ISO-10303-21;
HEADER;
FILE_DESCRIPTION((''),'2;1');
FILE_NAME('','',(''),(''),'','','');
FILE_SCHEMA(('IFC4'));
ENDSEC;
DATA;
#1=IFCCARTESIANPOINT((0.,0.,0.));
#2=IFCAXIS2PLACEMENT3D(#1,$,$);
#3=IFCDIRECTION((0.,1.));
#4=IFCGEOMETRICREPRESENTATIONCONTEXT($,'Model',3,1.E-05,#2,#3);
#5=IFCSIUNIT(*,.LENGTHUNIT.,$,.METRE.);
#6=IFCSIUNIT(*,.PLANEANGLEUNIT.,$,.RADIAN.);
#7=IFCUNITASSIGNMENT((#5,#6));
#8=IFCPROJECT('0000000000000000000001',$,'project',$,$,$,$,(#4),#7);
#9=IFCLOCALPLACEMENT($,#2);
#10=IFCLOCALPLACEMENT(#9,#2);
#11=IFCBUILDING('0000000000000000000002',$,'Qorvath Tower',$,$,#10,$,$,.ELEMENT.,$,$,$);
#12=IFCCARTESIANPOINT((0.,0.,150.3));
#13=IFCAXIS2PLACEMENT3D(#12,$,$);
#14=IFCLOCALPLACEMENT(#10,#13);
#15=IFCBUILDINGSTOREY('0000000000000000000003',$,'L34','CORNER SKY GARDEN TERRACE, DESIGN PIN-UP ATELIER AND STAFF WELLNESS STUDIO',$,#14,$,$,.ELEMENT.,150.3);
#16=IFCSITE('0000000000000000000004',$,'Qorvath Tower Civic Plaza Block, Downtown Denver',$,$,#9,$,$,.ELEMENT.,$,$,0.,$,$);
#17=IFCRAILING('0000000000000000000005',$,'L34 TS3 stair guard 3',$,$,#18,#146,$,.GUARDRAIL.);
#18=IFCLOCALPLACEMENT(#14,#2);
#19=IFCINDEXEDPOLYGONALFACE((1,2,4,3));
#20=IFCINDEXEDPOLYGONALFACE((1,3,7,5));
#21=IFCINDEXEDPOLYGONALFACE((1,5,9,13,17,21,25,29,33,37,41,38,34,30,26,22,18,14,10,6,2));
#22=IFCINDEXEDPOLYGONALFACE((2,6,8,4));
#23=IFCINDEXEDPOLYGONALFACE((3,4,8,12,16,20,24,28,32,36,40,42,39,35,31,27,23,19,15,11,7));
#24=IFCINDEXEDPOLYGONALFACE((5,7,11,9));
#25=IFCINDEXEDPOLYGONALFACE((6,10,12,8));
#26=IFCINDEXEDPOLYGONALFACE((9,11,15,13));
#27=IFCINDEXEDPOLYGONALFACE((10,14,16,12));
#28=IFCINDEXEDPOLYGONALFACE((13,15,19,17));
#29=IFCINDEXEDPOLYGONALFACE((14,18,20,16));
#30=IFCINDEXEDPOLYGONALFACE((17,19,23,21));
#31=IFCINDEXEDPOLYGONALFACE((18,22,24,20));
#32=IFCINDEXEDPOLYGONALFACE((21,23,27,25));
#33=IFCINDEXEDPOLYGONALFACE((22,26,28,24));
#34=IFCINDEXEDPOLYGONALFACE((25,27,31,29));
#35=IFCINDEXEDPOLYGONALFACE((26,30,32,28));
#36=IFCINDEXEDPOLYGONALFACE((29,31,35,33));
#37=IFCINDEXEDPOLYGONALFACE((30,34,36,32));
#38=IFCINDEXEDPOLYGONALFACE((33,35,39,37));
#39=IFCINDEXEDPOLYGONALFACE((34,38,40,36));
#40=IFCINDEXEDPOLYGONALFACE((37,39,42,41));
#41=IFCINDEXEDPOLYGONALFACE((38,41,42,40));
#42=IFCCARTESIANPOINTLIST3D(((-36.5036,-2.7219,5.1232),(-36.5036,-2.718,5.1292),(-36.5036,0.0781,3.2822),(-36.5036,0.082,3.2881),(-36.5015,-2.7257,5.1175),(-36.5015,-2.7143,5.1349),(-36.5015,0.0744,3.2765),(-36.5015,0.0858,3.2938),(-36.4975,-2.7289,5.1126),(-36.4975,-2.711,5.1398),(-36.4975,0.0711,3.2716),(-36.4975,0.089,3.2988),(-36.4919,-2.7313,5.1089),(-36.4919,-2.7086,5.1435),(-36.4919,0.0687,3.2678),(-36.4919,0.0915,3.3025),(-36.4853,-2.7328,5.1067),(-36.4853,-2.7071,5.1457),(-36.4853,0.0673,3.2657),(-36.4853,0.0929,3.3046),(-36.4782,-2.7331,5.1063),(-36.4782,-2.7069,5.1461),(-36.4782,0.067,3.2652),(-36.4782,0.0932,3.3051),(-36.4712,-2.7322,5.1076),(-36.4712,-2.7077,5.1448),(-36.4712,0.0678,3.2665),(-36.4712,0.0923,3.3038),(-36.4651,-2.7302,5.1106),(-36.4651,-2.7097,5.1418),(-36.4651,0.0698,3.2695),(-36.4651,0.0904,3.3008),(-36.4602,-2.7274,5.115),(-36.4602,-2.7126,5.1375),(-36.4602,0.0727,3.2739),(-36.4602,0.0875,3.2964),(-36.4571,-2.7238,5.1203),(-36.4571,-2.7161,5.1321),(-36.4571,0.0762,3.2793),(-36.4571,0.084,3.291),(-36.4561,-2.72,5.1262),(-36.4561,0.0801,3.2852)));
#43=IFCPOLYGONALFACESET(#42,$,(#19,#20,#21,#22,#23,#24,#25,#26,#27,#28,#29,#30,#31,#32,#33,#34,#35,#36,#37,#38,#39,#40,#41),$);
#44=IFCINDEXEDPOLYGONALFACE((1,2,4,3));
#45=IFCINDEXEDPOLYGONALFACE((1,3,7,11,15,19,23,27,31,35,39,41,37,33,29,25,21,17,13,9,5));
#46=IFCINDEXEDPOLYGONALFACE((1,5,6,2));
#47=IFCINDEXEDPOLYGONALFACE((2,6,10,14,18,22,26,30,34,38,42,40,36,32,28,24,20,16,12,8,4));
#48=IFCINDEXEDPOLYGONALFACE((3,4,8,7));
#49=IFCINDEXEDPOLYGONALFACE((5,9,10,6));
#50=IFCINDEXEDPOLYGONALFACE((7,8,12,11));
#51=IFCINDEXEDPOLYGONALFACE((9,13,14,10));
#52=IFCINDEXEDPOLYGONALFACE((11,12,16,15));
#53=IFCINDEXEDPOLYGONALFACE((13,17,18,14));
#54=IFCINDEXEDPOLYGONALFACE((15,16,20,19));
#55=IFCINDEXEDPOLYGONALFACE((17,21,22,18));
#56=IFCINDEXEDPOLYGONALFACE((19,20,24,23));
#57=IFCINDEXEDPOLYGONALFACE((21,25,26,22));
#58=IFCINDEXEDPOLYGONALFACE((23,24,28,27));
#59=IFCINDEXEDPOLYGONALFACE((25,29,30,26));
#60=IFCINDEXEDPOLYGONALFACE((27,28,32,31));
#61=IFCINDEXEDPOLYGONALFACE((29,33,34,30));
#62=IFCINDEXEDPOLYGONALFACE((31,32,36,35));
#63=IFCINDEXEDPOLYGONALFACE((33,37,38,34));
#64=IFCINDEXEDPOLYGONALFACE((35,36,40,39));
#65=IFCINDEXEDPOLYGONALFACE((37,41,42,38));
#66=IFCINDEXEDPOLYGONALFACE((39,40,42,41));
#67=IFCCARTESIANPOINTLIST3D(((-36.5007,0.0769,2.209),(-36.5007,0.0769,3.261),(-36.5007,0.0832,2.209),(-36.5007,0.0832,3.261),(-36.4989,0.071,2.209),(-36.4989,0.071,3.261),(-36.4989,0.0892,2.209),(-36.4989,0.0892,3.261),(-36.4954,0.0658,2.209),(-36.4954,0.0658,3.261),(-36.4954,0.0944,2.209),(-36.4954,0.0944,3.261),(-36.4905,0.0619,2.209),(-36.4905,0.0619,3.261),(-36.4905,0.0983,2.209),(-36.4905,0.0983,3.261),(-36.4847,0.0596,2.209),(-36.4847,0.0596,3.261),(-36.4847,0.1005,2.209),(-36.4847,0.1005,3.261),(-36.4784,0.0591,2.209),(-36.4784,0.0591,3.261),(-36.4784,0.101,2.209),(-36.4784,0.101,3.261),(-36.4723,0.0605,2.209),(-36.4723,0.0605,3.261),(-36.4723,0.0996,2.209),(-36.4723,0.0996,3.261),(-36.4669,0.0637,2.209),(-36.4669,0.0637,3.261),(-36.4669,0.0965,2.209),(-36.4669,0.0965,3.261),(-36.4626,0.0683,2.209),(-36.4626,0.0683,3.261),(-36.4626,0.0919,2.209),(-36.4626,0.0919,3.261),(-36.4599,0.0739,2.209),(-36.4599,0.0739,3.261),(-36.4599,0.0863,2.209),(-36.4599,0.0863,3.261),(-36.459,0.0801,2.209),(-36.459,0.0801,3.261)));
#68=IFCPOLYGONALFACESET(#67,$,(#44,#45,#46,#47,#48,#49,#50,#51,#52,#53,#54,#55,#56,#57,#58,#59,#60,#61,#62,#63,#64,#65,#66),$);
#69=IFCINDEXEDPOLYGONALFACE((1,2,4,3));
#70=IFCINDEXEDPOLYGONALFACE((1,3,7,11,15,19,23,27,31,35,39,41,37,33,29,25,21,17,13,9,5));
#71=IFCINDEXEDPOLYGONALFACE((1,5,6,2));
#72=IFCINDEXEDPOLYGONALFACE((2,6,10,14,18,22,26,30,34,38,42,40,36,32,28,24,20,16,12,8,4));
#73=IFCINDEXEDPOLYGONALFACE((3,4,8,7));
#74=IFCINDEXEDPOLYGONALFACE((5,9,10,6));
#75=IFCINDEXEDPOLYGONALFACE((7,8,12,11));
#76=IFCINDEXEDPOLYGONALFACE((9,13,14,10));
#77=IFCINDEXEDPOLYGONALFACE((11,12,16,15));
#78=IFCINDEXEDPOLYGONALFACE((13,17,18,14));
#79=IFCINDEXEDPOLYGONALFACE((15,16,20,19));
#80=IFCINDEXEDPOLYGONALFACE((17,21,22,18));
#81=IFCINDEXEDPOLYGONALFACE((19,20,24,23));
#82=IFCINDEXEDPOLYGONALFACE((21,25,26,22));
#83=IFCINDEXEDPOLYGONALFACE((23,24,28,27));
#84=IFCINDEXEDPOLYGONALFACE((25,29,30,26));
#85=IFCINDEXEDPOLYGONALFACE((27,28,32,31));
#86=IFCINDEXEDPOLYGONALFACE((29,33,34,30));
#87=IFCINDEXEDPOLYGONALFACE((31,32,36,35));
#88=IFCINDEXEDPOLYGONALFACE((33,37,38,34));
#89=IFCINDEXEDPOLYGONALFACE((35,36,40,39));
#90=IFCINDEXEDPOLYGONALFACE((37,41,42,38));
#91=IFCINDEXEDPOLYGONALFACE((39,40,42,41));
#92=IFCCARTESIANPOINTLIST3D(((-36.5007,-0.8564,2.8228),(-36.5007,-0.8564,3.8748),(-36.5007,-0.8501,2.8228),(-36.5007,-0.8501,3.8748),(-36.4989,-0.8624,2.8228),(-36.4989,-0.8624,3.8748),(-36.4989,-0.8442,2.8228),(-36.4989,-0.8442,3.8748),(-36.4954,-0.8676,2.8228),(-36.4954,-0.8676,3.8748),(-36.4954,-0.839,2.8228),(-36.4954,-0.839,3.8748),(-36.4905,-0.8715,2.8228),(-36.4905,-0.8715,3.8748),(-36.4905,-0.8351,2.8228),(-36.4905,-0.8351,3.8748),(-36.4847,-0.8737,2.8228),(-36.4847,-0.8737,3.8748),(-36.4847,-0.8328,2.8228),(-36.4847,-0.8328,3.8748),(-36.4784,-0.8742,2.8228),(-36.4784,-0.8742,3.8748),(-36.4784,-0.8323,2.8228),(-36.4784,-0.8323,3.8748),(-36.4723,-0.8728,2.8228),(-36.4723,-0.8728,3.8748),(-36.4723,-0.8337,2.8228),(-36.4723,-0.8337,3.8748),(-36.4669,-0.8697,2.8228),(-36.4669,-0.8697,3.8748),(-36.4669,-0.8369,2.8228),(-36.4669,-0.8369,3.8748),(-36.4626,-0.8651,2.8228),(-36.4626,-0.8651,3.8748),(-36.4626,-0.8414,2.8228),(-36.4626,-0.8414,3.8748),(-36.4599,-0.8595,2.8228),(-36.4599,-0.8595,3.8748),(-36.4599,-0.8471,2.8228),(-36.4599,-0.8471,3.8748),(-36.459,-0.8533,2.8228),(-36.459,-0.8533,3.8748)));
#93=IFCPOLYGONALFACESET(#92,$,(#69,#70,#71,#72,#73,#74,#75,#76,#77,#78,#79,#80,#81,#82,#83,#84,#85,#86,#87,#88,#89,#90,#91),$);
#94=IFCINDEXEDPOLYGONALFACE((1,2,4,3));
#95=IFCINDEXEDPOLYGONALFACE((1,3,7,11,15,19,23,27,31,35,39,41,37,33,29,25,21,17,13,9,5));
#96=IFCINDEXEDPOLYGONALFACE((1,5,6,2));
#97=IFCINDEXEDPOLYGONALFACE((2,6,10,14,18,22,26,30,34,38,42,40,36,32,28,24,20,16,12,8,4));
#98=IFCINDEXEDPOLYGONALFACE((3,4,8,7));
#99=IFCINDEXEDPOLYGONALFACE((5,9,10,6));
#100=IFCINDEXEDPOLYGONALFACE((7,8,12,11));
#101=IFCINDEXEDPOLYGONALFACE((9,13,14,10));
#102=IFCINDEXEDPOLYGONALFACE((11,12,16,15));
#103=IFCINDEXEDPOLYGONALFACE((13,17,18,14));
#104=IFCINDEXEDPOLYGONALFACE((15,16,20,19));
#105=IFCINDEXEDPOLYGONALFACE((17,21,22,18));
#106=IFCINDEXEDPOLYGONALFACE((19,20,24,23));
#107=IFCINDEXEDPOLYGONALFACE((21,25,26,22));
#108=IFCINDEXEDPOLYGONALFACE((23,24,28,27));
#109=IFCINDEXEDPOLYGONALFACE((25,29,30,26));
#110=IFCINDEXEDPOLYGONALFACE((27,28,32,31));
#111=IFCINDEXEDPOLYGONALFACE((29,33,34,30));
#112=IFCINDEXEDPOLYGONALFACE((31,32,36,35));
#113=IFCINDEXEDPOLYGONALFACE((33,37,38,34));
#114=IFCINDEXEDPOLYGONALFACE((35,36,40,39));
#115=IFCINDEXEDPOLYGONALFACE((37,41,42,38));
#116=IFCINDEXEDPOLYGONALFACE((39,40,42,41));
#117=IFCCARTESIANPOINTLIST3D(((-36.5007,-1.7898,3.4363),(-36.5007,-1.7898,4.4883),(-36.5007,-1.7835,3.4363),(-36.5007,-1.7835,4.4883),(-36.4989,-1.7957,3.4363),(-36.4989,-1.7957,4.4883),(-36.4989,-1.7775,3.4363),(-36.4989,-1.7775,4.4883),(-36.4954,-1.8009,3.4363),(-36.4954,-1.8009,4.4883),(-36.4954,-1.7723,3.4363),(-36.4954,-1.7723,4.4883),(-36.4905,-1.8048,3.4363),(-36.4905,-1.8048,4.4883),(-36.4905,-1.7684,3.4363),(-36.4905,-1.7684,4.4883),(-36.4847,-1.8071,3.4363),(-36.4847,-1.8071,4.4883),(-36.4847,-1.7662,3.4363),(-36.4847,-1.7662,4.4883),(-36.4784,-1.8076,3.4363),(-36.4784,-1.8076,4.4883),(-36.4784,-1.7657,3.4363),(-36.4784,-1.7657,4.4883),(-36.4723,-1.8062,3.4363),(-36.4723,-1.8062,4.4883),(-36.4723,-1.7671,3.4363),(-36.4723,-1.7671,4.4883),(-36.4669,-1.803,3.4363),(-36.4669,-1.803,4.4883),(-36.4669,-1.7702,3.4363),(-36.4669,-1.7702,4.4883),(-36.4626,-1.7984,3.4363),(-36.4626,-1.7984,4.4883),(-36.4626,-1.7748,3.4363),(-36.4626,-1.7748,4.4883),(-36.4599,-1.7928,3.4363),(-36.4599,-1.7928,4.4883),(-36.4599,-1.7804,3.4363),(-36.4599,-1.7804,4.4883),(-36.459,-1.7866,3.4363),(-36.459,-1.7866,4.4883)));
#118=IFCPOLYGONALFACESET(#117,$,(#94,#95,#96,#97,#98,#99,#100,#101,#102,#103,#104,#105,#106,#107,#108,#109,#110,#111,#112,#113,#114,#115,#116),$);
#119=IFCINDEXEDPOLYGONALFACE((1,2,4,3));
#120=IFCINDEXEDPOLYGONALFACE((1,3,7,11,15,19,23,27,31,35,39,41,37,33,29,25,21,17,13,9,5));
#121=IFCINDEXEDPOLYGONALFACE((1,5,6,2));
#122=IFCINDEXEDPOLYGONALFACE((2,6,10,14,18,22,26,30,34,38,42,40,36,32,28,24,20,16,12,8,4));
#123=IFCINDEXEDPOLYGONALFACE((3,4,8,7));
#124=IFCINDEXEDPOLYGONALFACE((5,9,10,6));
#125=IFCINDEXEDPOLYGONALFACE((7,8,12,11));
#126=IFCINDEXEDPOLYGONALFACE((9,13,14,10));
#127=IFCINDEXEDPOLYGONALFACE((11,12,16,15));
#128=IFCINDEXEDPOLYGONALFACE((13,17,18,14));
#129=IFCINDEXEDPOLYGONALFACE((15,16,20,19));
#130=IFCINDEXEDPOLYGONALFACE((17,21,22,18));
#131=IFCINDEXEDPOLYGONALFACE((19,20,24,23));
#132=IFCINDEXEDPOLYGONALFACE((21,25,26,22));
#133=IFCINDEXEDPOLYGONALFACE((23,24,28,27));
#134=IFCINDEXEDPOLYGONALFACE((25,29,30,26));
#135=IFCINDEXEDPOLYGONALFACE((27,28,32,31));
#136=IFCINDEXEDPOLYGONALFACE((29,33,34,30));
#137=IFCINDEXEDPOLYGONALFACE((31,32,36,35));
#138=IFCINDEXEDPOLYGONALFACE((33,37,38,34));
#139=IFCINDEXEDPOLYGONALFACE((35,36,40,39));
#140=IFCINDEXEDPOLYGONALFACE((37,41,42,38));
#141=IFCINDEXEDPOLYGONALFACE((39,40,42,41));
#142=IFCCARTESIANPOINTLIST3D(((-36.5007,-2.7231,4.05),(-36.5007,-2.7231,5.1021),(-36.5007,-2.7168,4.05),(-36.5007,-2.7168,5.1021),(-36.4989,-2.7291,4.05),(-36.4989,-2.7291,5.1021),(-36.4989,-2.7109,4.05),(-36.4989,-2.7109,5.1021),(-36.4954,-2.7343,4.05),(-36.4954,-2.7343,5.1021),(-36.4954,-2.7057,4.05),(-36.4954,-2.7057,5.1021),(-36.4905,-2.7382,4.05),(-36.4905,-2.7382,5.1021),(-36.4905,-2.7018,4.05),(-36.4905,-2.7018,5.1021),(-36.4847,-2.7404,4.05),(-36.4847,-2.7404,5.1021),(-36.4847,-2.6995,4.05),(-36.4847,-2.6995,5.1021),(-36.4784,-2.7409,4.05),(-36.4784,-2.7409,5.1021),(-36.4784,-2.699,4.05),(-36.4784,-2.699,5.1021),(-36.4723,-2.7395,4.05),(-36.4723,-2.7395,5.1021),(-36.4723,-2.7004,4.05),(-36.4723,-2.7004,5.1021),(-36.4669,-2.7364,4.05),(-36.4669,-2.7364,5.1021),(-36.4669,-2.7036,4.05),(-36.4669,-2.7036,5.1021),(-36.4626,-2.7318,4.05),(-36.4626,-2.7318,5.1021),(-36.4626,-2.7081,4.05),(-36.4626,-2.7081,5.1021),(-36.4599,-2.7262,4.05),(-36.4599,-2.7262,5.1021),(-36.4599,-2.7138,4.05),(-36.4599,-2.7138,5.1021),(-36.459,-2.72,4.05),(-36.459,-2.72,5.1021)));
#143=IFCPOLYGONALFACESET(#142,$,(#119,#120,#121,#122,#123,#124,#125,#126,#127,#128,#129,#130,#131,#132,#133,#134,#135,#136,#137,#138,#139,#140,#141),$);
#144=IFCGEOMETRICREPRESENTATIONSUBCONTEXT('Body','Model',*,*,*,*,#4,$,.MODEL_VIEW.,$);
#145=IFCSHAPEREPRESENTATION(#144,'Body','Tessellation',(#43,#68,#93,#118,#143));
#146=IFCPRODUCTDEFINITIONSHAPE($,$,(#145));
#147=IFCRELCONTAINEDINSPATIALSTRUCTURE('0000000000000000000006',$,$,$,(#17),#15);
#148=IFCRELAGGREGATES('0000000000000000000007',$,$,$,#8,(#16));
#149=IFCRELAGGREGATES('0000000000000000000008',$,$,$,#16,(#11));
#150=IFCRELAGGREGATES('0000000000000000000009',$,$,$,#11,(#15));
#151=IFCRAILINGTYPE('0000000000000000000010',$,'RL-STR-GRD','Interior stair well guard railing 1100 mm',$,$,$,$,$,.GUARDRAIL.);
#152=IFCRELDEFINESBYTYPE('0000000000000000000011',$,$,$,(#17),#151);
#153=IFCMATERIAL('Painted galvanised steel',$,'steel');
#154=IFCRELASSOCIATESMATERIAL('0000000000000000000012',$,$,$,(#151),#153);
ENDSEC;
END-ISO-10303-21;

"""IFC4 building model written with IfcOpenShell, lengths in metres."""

from ifc_helpers import new_model, si_unit, direction, frame, origin, origin_2d, place, context, subcontext, project, spatial, circle, extrude, material, type_object, element, save


model = new_model("IFC4")

# Units and contexts
model_context = context("Model", 3, precision=1e-05, world=origin(), true_north=direction((0.0, 1.0)))
body_context = subcontext(model_context, "Body", "Model", "MODEL_VIEW")
ifc_project = project(units=[si_unit("LENGTHUNIT", "METRE"), si_unit("PLANEANGLEUNIT", "RADIAN")], contexts=[model_context])

# Site, building, storey
site_placement = place(None, origin())
site = spatial("IfcSite", under=ifc_project, at=site_placement, Name="Qorvath Tower Civic Plaza Block, Downtown Denver", CompositionType="ELEMENT", RefElevation=0.0)
building_placement = place(site_placement, origin())
building = spatial("IfcBuilding", under=site, at=building_placement, Name="Qorvath Tower", CompositionType="ELEMENT")
storey_placement = place(building_placement, frame((0.0, 0.0, 150.3)))
storey = spatial("IfcBuildingStorey", under=building, at=storey_placement, Name="L34", Description="CORNER SKY GARDEN TERRACE, DESIGN PIN-UP ATELIER AND STAFF WELLNESS STUDIO", CompositionType="ELEMENT", Elevation=150.3)

# Railing
ifc_material_1 = material(Name="Painted galvanised steel", Category="steel")
railing_type_1 = type_object("IfcRailingType", Name="RL-STR-GRD", Description="Interior stair well guard railing 1100 mm", PredefinedType="GUARDRAIL", material=ifc_material_1)
railing_1_placement = place(storey_placement, frame((-36.48, 0.0801, 2.209)))
element("IfcRailing", 1, at=railing_1_placement, inside=storey, type_object=railing_type_1, Name="L34 TS3 stair guard 3", PredefinedType="GUARDRAIL", context=body_context, shape_type="SweptSolid", body=[
    extrude(circle(Radius=0.0239, at=origin_2d()), frame((0.0, 0.0, 1.0762), z_axis=(0.0, -0.835564, 0.549393), x_axis=(1.0, 0.0, 0.0)), (0.0, 0.0, 1.0), 3.3511),
    extrude(circle(Radius=0.021, at=origin_2d()), origin(), (0.0, 0.0, 1.0), 1.052),
    extrude(circle(Radius=0.021, at=origin_2d()), frame((0.0, -0.9333, 0.6138)), (0.0, 0.0, 1.0), 1.052),
    extrude(circle(Radius=0.021, at=origin_2d()), frame((0.0, -1.8667, 1.2273)), (0.0, 0.0, 1.0), 1.052),
    extrude(circle(Radius=0.021, at=origin_2d()), frame((0.0, -2.8, 1.8411)), (0.0, 0.0, 1.0), 1.052),
])

save(model, "model.ifc")
